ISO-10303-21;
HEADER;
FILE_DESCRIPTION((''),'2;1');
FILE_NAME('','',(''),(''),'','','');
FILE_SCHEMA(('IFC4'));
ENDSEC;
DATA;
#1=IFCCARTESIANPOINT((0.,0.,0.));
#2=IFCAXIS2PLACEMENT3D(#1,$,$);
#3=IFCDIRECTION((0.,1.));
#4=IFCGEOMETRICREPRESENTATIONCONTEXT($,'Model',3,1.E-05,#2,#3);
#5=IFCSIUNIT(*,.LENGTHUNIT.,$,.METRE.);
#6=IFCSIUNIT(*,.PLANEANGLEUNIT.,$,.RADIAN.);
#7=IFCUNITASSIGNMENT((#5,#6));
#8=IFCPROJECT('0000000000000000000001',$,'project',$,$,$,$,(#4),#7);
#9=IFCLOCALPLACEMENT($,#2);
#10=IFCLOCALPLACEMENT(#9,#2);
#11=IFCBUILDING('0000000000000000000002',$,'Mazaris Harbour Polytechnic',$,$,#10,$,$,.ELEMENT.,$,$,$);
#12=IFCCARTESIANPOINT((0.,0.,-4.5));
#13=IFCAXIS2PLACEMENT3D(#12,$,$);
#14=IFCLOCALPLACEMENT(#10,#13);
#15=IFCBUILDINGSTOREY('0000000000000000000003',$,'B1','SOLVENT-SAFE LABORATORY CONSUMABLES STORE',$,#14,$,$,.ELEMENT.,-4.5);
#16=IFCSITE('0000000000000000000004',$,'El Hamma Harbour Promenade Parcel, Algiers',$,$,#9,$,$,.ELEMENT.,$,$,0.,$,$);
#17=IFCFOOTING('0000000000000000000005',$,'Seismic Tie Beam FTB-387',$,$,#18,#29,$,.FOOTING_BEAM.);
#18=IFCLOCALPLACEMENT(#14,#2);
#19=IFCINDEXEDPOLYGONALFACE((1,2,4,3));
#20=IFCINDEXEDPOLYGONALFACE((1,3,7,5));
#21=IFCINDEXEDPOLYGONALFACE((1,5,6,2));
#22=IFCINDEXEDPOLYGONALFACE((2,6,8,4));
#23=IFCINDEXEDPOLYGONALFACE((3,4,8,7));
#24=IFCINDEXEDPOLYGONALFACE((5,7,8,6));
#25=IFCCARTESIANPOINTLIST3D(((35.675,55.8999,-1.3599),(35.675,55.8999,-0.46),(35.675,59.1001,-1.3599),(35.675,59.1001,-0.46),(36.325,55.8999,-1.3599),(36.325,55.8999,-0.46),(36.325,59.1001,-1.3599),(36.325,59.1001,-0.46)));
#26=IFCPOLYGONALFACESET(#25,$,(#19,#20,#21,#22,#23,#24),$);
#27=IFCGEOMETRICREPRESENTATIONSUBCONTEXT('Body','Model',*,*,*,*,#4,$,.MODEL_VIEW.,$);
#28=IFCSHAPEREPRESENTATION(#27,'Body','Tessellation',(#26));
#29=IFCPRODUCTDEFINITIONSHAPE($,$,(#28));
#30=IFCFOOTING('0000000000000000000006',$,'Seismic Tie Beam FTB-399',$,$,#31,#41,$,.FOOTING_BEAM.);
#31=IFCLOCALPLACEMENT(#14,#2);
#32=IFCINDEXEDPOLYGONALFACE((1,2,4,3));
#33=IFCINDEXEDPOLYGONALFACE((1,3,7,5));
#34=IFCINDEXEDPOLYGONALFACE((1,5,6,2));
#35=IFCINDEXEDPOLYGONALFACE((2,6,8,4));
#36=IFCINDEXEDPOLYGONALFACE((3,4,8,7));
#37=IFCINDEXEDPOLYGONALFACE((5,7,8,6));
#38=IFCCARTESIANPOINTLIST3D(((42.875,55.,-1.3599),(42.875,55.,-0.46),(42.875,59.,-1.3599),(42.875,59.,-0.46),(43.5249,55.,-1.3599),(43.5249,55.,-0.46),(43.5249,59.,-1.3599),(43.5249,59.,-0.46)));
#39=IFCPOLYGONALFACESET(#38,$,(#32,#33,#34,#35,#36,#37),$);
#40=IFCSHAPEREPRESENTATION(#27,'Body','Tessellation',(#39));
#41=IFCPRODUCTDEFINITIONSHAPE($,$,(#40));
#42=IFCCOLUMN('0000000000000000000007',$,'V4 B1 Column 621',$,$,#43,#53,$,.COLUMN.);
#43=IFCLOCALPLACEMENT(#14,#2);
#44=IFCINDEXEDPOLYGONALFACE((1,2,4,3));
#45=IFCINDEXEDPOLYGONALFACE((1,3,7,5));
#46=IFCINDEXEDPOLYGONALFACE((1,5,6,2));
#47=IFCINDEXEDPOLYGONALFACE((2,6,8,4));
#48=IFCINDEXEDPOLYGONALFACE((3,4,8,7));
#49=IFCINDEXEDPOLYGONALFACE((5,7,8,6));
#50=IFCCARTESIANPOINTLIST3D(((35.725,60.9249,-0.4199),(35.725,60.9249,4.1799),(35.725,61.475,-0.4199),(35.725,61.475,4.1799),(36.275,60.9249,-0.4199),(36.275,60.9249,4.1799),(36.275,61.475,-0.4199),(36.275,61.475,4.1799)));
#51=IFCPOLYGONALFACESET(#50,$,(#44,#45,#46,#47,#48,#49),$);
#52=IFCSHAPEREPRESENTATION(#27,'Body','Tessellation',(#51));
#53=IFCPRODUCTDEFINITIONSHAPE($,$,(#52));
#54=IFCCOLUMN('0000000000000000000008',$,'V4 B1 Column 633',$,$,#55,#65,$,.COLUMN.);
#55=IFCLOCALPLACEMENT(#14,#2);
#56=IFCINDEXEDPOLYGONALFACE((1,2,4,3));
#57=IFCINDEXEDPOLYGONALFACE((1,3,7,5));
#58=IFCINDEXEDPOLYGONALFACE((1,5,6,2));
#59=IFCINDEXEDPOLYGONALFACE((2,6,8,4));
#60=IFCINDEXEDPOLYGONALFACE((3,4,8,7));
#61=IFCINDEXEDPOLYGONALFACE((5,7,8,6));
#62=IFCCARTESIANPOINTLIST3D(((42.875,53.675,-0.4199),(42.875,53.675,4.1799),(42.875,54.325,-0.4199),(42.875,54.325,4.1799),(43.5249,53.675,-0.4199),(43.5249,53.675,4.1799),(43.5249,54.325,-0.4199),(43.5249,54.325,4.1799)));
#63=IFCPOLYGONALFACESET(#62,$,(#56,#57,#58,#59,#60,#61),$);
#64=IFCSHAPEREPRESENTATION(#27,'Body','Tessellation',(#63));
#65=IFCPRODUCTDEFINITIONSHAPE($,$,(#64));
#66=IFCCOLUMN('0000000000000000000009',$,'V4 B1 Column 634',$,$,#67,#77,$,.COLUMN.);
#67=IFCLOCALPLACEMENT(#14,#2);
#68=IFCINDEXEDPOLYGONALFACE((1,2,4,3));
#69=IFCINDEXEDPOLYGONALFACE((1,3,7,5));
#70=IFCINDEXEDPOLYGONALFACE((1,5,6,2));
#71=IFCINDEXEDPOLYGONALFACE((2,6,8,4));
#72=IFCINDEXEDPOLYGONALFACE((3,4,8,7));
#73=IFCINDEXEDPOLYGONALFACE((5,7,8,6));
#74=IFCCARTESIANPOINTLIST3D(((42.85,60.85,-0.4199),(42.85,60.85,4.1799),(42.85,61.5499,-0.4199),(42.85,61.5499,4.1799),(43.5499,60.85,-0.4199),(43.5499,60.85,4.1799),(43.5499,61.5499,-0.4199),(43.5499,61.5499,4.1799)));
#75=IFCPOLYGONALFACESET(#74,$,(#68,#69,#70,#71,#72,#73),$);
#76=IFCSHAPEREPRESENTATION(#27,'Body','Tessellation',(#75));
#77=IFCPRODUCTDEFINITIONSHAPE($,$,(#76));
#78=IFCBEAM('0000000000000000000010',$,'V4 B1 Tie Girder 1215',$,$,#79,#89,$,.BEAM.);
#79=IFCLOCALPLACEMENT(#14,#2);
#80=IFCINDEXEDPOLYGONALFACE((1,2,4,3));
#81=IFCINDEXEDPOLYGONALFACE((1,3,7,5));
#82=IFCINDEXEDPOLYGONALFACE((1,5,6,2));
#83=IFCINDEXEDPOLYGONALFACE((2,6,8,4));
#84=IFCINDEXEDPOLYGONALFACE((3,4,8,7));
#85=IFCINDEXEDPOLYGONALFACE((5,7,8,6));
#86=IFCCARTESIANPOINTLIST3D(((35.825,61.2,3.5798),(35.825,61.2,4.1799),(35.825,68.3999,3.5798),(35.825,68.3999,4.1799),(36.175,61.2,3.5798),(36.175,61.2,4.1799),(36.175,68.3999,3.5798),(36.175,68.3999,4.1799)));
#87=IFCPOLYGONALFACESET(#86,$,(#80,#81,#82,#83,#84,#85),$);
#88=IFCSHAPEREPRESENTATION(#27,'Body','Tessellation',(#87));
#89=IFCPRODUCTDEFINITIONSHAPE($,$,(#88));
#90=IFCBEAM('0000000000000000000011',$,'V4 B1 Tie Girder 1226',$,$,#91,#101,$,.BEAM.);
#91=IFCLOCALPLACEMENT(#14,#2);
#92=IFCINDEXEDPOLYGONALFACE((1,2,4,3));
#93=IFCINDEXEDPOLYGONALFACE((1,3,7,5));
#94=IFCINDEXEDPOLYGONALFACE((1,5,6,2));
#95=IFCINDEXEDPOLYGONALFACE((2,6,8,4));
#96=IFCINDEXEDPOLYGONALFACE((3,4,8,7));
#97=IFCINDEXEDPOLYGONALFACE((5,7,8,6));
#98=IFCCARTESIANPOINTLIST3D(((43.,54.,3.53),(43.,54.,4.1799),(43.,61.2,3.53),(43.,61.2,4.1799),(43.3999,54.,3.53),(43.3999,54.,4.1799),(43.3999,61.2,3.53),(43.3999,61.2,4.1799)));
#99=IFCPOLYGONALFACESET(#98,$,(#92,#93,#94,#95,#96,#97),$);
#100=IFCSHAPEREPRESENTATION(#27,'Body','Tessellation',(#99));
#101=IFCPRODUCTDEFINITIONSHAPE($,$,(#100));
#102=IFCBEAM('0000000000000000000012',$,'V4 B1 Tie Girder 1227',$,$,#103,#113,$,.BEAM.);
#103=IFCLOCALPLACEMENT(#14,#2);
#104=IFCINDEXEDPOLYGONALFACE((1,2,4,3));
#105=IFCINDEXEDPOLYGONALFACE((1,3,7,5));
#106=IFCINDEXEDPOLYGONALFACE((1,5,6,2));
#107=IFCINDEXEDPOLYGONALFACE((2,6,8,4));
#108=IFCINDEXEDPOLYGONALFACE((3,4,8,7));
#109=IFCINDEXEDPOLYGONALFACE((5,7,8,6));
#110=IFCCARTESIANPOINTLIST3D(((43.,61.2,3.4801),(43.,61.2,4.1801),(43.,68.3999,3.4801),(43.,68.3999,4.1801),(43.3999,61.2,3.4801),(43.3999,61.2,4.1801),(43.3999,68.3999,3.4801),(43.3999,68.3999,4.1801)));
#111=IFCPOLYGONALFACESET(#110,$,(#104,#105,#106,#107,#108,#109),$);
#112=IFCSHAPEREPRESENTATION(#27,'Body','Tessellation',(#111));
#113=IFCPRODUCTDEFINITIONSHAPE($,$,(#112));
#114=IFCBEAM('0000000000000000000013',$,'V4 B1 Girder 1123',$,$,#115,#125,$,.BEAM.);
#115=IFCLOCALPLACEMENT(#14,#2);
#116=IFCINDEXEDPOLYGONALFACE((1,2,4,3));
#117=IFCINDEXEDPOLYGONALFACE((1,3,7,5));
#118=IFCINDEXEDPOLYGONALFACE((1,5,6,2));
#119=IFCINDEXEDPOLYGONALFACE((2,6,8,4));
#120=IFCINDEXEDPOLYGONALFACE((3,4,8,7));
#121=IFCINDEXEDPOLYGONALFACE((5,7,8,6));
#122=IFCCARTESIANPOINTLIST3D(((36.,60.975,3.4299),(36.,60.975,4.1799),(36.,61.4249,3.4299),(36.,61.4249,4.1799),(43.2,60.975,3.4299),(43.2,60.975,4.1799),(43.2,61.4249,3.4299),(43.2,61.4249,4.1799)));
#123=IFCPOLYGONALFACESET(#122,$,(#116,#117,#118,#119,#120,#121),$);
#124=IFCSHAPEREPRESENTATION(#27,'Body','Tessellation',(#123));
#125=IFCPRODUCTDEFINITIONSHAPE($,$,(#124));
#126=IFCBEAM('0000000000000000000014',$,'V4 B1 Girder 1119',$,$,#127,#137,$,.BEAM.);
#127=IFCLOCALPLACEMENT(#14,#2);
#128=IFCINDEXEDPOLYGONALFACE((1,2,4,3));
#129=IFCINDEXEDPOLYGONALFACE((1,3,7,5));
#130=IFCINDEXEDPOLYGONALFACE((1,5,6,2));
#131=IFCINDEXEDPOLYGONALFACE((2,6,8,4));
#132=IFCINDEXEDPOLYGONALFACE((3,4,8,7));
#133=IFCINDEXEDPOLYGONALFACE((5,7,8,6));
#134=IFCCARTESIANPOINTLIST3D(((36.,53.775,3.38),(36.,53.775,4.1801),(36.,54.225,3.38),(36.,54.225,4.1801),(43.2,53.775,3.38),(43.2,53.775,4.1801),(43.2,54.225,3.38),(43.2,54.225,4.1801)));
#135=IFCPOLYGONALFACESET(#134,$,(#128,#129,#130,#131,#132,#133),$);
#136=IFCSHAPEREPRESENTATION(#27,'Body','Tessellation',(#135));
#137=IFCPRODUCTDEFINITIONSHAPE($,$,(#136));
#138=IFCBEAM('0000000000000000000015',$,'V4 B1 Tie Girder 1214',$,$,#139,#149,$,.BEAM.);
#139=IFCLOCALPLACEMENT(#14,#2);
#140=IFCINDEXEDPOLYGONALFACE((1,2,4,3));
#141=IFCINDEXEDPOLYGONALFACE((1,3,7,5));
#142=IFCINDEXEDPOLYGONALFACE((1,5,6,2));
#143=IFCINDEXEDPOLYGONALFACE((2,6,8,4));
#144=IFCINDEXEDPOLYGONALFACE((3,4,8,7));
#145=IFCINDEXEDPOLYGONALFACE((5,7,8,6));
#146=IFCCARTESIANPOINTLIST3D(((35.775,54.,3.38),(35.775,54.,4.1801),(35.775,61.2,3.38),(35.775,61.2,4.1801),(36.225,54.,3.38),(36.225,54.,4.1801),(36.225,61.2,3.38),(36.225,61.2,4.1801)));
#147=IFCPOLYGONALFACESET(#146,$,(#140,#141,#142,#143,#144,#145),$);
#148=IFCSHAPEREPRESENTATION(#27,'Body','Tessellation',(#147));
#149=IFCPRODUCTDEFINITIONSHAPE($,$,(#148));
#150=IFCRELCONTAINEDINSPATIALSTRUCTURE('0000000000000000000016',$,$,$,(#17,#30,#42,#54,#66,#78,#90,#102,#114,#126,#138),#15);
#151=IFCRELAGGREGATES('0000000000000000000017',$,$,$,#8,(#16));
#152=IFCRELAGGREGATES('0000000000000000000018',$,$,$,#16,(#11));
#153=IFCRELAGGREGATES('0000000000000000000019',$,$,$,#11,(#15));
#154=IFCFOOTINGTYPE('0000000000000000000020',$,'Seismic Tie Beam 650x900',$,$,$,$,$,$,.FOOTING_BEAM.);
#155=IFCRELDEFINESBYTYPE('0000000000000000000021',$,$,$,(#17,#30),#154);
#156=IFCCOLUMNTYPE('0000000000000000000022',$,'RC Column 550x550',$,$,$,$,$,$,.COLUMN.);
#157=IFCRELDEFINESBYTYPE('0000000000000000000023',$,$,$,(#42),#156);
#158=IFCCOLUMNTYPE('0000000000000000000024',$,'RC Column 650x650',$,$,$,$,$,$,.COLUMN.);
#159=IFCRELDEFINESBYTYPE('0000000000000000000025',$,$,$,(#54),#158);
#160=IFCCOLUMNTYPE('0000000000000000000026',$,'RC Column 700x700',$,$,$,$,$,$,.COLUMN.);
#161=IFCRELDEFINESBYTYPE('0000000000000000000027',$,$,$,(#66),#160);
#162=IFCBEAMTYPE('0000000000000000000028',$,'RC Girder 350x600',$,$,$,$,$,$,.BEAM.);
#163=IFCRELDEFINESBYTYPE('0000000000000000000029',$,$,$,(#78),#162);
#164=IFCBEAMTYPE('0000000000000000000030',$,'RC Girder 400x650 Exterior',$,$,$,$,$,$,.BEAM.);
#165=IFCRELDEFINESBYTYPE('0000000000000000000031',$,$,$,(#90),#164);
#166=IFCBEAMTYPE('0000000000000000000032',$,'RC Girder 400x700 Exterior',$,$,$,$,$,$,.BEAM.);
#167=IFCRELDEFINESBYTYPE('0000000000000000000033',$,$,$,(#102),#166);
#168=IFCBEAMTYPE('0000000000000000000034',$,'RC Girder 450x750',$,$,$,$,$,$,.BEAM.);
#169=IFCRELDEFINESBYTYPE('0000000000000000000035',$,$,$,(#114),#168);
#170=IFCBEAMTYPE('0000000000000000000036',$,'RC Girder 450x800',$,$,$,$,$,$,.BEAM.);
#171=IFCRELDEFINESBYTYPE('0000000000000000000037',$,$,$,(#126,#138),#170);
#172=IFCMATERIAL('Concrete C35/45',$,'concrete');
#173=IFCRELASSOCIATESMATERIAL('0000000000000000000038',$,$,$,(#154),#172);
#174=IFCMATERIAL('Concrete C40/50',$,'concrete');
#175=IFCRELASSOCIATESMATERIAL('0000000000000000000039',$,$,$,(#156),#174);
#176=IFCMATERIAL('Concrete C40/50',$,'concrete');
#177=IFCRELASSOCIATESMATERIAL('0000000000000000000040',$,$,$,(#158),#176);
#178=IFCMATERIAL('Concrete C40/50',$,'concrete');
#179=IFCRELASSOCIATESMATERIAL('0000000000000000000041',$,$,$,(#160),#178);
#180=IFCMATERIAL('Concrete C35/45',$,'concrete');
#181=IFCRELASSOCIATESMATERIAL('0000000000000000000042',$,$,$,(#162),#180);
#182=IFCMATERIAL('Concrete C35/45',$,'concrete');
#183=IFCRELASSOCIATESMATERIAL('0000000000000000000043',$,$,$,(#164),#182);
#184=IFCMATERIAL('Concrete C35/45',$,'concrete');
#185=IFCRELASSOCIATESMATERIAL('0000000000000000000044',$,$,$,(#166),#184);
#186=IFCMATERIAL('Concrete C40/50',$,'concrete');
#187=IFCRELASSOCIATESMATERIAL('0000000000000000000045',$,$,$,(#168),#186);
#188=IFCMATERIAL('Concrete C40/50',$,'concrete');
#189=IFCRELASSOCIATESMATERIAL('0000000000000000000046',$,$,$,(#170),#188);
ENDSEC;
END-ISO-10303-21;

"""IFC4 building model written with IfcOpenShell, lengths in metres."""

from ifc_helpers import new_model, si_unit, direction, frame, origin, origin_2d, place, context, subcontext, project, spatial, rectangle, extrude, material, material_profile, profile_set, type_object, element, save


model = new_model("IFC4")

# Units and contexts
model_context = context("Model", 3, precision=1e-05, world=origin(), true_north=direction((0.0, 1.0)))
body_context = subcontext(model_context, "Body", "Model", "MODEL_VIEW")
ifc_project = project(units=[si_unit("LENGTHUNIT", "METRE"), si_unit("PLANEANGLEUNIT", "RADIAN")], contexts=[model_context])

# Site, building, storey
site_placement = place(None, origin())
site = spatial("IfcSite", under=ifc_project, at=site_placement, Name="El Hamma Harbour Promenade Parcel, Algiers", CompositionType="ELEMENT", RefElevation=0.0)
building_placement = place(site_placement, origin())
building = spatial("IfcBuilding", under=site, at=building_placement, Name="Mazaris Harbour Polytechnic", CompositionType="ELEMENT")
storey_placement = place(building_placement, frame((0.0, 0.0, -4.5)))
storey = spatial("IfcBuildingStorey", under=building, at=storey_placement, Name="B1", Description="SOLVENT-SAFE LABORATORY CONSUMABLES STORE", CompositionType="ELEMENT", Elevation=-4.5)

# Footings
ifc_material_1 = material(Name="Concrete C35/45", Category="concrete")
ifc_material_profile_1 = material_profile(ifc_material_1, rectangle(XDim=0.6499, YDim=0.8999, at=origin_2d()), Name="RECT650x900")
ifc_profile_set_1 = profile_set([ifc_material_profile_1], Name="Concrete C35/45")
footing_type_1 = type_object("IfcFootingType", Name="Seismic Tie Beam 650x900", PredefinedType="FOOTING_BEAM", material=ifc_profile_set_1)
footing_1_placement = place(storey_placement, frame((36.0, 55.8999, -0.9099), z_axis=(0.0, 1.0, 0.0), x_axis=(-1.0, 0.0, 0.0)))
element("IfcFooting", 1, at=footing_1_placement, inside=storey, type_object=footing_type_1, Name="Seismic Tie Beam FTB-387", PredefinedType="FOOTING_BEAM", context=body_context, shape_type="SweptSolid", body=[
    extrude(rectangle(XDim=0.6499, YDim=0.8999, at=origin_2d()), origin(), (0.0, 0.0, 1.0), 3.2002),
])
footing_2_placement = place(storey_placement, frame((43.2, 55.0, -0.9099), z_axis=(0.0, 1.0, 0.0), x_axis=(-1.0, 0.0, 0.0)))
element("IfcFooting", 2, at=footing_2_placement, inside=storey, type_object=footing_type_1, Name="Seismic Tie Beam FTB-399", PredefinedType="FOOTING_BEAM", context=body_context, shape_type="SweptSolid", body=[
    extrude(rectangle(XDim=0.6499, YDim=0.8999, at=origin_2d()), origin(), (0.0, 0.0, 1.0), 4.0),
])

# Columns
ifc_material_2 = material(Name="Concrete C40/50", Category="concrete")
ifc_material_profile_2 = material_profile(ifc_material_2, rectangle(XDim=0.55, YDim=0.55, at=origin_2d()), Name="RECT550x550")
ifc_profile_set_2 = profile_set([ifc_material_profile_2], Name="Concrete C40/50")
column_type_1 = type_object("IfcColumnType", Name="RC Column 550x550", PredefinedType="COLUMN", material=ifc_profile_set_2)
column_1_placement = place(storey_placement, frame((36.0, 61.2, -0.4199), z_axis=(0.0, 0.0, 1.0), x_axis=(1.0, 0.0, 0.0)))
element("IfcColumn", 3, at=column_1_placement, inside=storey, type_object=column_type_1, Name="V4 B1 Column 621", PredefinedType="COLUMN", context=body_context, shape_type="SweptSolid", body=[
    extrude(rectangle(XDim=0.55, YDim=0.55, at=origin_2d()), origin(), (0.0, 0.0, 1.0), 4.5999),
])
ifc_material_3 = material(Name="Concrete C40/50", Category="concrete")
ifc_material_profile_3 = material_profile(ifc_material_3, rectangle(XDim=0.6499, YDim=0.6499, at=origin_2d()), Name="RECT650x650")
ifc_profile_set_3 = profile_set([ifc_material_profile_3], Name="Concrete C40/50")
column_type_2 = type_object("IfcColumnType", Name="RC Column 650x650", PredefinedType="COLUMN", material=ifc_profile_set_3)
column_2_placement = place(storey_placement, frame((43.2, 54.0, -0.4199), z_axis=(0.0, 0.0, 1.0), x_axis=(1.0, 0.0, 0.0)))
element("IfcColumn", 4, at=column_2_placement, inside=storey, type_object=column_type_2, Name="V4 B1 Column 633", PredefinedType="COLUMN", context=body_context, shape_type="SweptSolid", body=[
    extrude(rectangle(XDim=0.6499, YDim=0.6499, at=origin_2d()), origin(), (0.0, 0.0, 1.0), 4.5999),
])
ifc_material_4 = material(Name="Concrete C40/50", Category="concrete")
ifc_material_profile_4 = material_profile(ifc_material_4, rectangle(XDim=0.7, YDim=0.7, at=origin_2d()), Name="RECT700x700")
ifc_profile_set_4 = profile_set([ifc_material_profile_4], Name="Concrete C40/50")
column_type_3 = type_object("IfcColumnType", Name="RC Column 700x700", PredefinedType="COLUMN", material=ifc_profile_set_4)
column_3_placement = place(storey_placement, frame((43.2, 61.2, -0.4199), z_axis=(0.0, 0.0, 1.0), x_axis=(1.0, 0.0, 0.0)))
element("IfcColumn", 5, at=column_3_placement, inside=storey, type_object=column_type_3, Name="V4 B1 Column 634", PredefinedType="COLUMN", context=body_context, shape_type="SweptSolid", body=[
    extrude(rectangle(XDim=0.7, YDim=0.7, at=origin_2d()), origin(), (0.0, 0.0, 1.0), 4.5999),
])

# Beams
ifc_material_5 = material(Name="Concrete C35/45", Category="concrete")
ifc_material_profile_5 = material_profile(ifc_material_5, rectangle(XDim=0.3501, YDim=0.6001, at=origin_2d()), Name="RECT350x600")
ifc_profile_set_5 = profile_set([ifc_material_profile_5], Name="Concrete C35/45")
beam_type_1 = type_object("IfcBeamType", Name="RC Girder 350x600", PredefinedType="BEAM", material=ifc_profile_set_5)
beam_1_placement = place(storey_placement, frame((36.0, 61.2, 3.8799), z_axis=(0.0, 1.0, 0.0), x_axis=(-1.0, 0.0, 0.0)))
element("IfcBeam", 6, at=beam_1_placement, inside=storey, type_object=beam_type_1, Name="V4 B1 Tie Girder 1215", PredefinedType="BEAM", context=body_context, shape_type="SweptSolid", body=[
    extrude(rectangle(XDim=0.3501, YDim=0.6001, at=origin_2d()), origin(), (0.0, 0.0, 1.0), 7.2),
])
ifc_material_6 = material(Name="Concrete C35/45", Category="concrete")
ifc_material_profile_6 = material_profile(ifc_material_6, rectangle(XDim=0.3999, YDim=0.6499, at=origin_2d()), Name="RECT400x650")
ifc_profile_set_6 = profile_set([ifc_material_profile_6], Name="Concrete C35/45")
beam_type_2 = type_object("IfcBeamType", Name="RC Girder 400x650 Exterior", PredefinedType="BEAM", material=ifc_profile_set_6)
beam_2_placement = place(storey_placement, frame((43.2, 54.0, 3.855), z_axis=(0.0, 1.0, 0.0), x_axis=(-1.0, 0.0, 0.0)))
element("IfcBeam", 7, at=beam_2_placement, inside=storey, type_object=beam_type_2, Name="V4 B1 Tie Girder 1226", PredefinedType="BEAM", context=body_context, shape_type="SweptSolid", body=[
    extrude(rectangle(XDim=0.3999, YDim=0.6499, at=origin_2d()), origin(), (0.0, 0.0, 1.0), 7.2),
])
ifc_material_7 = material(Name="Concrete C35/45", Category="concrete")
ifc_material_profile_7 = material_profile(ifc_material_7, rectangle(XDim=0.3999, YDim=0.7, at=origin_2d()), Name="RECT400x700")
ifc_profile_set_7 = profile_set([ifc_material_profile_7], Name="Concrete C35/45")
beam_type_3 = type_object("IfcBeamType", Name="RC Girder 400x700 Exterior", PredefinedType="BEAM", material=ifc_profile_set_7)
beam_3_placement = place(storey_placement, frame((43.2, 61.2, 3.8301), z_axis=(0.0, 1.0, 0.0), x_axis=(-1.0, 0.0, 0.0)))
element("IfcBeam", 8, at=beam_3_placement, inside=storey, type_object=beam_type_3, Name="V4 B1 Tie Girder 1227", PredefinedType="BEAM", context=body_context, shape_type="SweptSolid", body=[
    extrude(rectangle(XDim=0.3999, YDim=0.7, at=origin_2d()), origin(), (0.0, 0.0, 1.0), 7.2),
])
ifc_material_8 = material(Name="Concrete C40/50", Category="concrete")
ifc_material_profile_8 = material_profile(ifc_material_8, rectangle(XDim=0.45, YDim=0.75, at=origin_2d()), Name="RECT450x750")
ifc_profile_set_8 = profile_set([ifc_material_profile_8], Name="Concrete C40/50")
beam_type_4 = type_object("IfcBeamType", Name="RC Girder 450x750", PredefinedType="BEAM", material=ifc_profile_set_8)
beam_4_placement = place(storey_placement, frame((36.0, 61.2, 3.8049), z_axis=(1.0, 0.0, 0.0), x_axis=(0.0, 1.0, 0.0)))
element("IfcBeam", 9, at=beam_4_placement, inside=storey, type_object=beam_type_4, Name="V4 B1 Girder 1123", PredefinedType="BEAM", context=body_context, shape_type="SweptSolid", body=[
    extrude(rectangle(XDim=0.45, YDim=0.75, at=origin_2d()), origin(), (0.0, 0.0, 1.0), 7.2),
])
ifc_material_9 = material(Name="Concrete C40/50", Category="concrete")
ifc_material_profile_9 = material_profile(ifc_material_9, rectangle(XDim=0.45, YDim=0.8, at=origin_2d()), Name="RECT450x800")
ifc_profile_set_9 = profile_set([ifc_material_profile_9], Name="Concrete C40/50")
beam_type_5 = type_object("IfcBeamType", Name="RC Girder 450x800", PredefinedType="BEAM", material=ifc_profile_set_9)
for number, where, z_axis, x_axis, name in (
    (10, (36.0, 54.0, 3.78), (1.0, 0.0, 0.0), (0.0, 1.0, 0.0), "V4 B1 Girder 1119"),
    (11, (36.0, 54.0, 3.78), (0.0, 1.0, 0.0), (-1.0, 0.0, 0.0), "V4 B1 Tie Girder 1214"),
):
    element("IfcBeam", number, at=place(storey_placement, frame(where, z_axis=z_axis, x_axis=x_axis)), inside=storey, type_object=beam_type_5, Name=name, PredefinedType="BEAM", context=body_context, shape_type="SweptSolid", body=[
        extrude(rectangle(XDim=0.45, YDim=0.8, at=origin_2d()), origin(), (0.0, 0.0, 1.0), 7.2),
    ])

save(model, "model.ifc")
